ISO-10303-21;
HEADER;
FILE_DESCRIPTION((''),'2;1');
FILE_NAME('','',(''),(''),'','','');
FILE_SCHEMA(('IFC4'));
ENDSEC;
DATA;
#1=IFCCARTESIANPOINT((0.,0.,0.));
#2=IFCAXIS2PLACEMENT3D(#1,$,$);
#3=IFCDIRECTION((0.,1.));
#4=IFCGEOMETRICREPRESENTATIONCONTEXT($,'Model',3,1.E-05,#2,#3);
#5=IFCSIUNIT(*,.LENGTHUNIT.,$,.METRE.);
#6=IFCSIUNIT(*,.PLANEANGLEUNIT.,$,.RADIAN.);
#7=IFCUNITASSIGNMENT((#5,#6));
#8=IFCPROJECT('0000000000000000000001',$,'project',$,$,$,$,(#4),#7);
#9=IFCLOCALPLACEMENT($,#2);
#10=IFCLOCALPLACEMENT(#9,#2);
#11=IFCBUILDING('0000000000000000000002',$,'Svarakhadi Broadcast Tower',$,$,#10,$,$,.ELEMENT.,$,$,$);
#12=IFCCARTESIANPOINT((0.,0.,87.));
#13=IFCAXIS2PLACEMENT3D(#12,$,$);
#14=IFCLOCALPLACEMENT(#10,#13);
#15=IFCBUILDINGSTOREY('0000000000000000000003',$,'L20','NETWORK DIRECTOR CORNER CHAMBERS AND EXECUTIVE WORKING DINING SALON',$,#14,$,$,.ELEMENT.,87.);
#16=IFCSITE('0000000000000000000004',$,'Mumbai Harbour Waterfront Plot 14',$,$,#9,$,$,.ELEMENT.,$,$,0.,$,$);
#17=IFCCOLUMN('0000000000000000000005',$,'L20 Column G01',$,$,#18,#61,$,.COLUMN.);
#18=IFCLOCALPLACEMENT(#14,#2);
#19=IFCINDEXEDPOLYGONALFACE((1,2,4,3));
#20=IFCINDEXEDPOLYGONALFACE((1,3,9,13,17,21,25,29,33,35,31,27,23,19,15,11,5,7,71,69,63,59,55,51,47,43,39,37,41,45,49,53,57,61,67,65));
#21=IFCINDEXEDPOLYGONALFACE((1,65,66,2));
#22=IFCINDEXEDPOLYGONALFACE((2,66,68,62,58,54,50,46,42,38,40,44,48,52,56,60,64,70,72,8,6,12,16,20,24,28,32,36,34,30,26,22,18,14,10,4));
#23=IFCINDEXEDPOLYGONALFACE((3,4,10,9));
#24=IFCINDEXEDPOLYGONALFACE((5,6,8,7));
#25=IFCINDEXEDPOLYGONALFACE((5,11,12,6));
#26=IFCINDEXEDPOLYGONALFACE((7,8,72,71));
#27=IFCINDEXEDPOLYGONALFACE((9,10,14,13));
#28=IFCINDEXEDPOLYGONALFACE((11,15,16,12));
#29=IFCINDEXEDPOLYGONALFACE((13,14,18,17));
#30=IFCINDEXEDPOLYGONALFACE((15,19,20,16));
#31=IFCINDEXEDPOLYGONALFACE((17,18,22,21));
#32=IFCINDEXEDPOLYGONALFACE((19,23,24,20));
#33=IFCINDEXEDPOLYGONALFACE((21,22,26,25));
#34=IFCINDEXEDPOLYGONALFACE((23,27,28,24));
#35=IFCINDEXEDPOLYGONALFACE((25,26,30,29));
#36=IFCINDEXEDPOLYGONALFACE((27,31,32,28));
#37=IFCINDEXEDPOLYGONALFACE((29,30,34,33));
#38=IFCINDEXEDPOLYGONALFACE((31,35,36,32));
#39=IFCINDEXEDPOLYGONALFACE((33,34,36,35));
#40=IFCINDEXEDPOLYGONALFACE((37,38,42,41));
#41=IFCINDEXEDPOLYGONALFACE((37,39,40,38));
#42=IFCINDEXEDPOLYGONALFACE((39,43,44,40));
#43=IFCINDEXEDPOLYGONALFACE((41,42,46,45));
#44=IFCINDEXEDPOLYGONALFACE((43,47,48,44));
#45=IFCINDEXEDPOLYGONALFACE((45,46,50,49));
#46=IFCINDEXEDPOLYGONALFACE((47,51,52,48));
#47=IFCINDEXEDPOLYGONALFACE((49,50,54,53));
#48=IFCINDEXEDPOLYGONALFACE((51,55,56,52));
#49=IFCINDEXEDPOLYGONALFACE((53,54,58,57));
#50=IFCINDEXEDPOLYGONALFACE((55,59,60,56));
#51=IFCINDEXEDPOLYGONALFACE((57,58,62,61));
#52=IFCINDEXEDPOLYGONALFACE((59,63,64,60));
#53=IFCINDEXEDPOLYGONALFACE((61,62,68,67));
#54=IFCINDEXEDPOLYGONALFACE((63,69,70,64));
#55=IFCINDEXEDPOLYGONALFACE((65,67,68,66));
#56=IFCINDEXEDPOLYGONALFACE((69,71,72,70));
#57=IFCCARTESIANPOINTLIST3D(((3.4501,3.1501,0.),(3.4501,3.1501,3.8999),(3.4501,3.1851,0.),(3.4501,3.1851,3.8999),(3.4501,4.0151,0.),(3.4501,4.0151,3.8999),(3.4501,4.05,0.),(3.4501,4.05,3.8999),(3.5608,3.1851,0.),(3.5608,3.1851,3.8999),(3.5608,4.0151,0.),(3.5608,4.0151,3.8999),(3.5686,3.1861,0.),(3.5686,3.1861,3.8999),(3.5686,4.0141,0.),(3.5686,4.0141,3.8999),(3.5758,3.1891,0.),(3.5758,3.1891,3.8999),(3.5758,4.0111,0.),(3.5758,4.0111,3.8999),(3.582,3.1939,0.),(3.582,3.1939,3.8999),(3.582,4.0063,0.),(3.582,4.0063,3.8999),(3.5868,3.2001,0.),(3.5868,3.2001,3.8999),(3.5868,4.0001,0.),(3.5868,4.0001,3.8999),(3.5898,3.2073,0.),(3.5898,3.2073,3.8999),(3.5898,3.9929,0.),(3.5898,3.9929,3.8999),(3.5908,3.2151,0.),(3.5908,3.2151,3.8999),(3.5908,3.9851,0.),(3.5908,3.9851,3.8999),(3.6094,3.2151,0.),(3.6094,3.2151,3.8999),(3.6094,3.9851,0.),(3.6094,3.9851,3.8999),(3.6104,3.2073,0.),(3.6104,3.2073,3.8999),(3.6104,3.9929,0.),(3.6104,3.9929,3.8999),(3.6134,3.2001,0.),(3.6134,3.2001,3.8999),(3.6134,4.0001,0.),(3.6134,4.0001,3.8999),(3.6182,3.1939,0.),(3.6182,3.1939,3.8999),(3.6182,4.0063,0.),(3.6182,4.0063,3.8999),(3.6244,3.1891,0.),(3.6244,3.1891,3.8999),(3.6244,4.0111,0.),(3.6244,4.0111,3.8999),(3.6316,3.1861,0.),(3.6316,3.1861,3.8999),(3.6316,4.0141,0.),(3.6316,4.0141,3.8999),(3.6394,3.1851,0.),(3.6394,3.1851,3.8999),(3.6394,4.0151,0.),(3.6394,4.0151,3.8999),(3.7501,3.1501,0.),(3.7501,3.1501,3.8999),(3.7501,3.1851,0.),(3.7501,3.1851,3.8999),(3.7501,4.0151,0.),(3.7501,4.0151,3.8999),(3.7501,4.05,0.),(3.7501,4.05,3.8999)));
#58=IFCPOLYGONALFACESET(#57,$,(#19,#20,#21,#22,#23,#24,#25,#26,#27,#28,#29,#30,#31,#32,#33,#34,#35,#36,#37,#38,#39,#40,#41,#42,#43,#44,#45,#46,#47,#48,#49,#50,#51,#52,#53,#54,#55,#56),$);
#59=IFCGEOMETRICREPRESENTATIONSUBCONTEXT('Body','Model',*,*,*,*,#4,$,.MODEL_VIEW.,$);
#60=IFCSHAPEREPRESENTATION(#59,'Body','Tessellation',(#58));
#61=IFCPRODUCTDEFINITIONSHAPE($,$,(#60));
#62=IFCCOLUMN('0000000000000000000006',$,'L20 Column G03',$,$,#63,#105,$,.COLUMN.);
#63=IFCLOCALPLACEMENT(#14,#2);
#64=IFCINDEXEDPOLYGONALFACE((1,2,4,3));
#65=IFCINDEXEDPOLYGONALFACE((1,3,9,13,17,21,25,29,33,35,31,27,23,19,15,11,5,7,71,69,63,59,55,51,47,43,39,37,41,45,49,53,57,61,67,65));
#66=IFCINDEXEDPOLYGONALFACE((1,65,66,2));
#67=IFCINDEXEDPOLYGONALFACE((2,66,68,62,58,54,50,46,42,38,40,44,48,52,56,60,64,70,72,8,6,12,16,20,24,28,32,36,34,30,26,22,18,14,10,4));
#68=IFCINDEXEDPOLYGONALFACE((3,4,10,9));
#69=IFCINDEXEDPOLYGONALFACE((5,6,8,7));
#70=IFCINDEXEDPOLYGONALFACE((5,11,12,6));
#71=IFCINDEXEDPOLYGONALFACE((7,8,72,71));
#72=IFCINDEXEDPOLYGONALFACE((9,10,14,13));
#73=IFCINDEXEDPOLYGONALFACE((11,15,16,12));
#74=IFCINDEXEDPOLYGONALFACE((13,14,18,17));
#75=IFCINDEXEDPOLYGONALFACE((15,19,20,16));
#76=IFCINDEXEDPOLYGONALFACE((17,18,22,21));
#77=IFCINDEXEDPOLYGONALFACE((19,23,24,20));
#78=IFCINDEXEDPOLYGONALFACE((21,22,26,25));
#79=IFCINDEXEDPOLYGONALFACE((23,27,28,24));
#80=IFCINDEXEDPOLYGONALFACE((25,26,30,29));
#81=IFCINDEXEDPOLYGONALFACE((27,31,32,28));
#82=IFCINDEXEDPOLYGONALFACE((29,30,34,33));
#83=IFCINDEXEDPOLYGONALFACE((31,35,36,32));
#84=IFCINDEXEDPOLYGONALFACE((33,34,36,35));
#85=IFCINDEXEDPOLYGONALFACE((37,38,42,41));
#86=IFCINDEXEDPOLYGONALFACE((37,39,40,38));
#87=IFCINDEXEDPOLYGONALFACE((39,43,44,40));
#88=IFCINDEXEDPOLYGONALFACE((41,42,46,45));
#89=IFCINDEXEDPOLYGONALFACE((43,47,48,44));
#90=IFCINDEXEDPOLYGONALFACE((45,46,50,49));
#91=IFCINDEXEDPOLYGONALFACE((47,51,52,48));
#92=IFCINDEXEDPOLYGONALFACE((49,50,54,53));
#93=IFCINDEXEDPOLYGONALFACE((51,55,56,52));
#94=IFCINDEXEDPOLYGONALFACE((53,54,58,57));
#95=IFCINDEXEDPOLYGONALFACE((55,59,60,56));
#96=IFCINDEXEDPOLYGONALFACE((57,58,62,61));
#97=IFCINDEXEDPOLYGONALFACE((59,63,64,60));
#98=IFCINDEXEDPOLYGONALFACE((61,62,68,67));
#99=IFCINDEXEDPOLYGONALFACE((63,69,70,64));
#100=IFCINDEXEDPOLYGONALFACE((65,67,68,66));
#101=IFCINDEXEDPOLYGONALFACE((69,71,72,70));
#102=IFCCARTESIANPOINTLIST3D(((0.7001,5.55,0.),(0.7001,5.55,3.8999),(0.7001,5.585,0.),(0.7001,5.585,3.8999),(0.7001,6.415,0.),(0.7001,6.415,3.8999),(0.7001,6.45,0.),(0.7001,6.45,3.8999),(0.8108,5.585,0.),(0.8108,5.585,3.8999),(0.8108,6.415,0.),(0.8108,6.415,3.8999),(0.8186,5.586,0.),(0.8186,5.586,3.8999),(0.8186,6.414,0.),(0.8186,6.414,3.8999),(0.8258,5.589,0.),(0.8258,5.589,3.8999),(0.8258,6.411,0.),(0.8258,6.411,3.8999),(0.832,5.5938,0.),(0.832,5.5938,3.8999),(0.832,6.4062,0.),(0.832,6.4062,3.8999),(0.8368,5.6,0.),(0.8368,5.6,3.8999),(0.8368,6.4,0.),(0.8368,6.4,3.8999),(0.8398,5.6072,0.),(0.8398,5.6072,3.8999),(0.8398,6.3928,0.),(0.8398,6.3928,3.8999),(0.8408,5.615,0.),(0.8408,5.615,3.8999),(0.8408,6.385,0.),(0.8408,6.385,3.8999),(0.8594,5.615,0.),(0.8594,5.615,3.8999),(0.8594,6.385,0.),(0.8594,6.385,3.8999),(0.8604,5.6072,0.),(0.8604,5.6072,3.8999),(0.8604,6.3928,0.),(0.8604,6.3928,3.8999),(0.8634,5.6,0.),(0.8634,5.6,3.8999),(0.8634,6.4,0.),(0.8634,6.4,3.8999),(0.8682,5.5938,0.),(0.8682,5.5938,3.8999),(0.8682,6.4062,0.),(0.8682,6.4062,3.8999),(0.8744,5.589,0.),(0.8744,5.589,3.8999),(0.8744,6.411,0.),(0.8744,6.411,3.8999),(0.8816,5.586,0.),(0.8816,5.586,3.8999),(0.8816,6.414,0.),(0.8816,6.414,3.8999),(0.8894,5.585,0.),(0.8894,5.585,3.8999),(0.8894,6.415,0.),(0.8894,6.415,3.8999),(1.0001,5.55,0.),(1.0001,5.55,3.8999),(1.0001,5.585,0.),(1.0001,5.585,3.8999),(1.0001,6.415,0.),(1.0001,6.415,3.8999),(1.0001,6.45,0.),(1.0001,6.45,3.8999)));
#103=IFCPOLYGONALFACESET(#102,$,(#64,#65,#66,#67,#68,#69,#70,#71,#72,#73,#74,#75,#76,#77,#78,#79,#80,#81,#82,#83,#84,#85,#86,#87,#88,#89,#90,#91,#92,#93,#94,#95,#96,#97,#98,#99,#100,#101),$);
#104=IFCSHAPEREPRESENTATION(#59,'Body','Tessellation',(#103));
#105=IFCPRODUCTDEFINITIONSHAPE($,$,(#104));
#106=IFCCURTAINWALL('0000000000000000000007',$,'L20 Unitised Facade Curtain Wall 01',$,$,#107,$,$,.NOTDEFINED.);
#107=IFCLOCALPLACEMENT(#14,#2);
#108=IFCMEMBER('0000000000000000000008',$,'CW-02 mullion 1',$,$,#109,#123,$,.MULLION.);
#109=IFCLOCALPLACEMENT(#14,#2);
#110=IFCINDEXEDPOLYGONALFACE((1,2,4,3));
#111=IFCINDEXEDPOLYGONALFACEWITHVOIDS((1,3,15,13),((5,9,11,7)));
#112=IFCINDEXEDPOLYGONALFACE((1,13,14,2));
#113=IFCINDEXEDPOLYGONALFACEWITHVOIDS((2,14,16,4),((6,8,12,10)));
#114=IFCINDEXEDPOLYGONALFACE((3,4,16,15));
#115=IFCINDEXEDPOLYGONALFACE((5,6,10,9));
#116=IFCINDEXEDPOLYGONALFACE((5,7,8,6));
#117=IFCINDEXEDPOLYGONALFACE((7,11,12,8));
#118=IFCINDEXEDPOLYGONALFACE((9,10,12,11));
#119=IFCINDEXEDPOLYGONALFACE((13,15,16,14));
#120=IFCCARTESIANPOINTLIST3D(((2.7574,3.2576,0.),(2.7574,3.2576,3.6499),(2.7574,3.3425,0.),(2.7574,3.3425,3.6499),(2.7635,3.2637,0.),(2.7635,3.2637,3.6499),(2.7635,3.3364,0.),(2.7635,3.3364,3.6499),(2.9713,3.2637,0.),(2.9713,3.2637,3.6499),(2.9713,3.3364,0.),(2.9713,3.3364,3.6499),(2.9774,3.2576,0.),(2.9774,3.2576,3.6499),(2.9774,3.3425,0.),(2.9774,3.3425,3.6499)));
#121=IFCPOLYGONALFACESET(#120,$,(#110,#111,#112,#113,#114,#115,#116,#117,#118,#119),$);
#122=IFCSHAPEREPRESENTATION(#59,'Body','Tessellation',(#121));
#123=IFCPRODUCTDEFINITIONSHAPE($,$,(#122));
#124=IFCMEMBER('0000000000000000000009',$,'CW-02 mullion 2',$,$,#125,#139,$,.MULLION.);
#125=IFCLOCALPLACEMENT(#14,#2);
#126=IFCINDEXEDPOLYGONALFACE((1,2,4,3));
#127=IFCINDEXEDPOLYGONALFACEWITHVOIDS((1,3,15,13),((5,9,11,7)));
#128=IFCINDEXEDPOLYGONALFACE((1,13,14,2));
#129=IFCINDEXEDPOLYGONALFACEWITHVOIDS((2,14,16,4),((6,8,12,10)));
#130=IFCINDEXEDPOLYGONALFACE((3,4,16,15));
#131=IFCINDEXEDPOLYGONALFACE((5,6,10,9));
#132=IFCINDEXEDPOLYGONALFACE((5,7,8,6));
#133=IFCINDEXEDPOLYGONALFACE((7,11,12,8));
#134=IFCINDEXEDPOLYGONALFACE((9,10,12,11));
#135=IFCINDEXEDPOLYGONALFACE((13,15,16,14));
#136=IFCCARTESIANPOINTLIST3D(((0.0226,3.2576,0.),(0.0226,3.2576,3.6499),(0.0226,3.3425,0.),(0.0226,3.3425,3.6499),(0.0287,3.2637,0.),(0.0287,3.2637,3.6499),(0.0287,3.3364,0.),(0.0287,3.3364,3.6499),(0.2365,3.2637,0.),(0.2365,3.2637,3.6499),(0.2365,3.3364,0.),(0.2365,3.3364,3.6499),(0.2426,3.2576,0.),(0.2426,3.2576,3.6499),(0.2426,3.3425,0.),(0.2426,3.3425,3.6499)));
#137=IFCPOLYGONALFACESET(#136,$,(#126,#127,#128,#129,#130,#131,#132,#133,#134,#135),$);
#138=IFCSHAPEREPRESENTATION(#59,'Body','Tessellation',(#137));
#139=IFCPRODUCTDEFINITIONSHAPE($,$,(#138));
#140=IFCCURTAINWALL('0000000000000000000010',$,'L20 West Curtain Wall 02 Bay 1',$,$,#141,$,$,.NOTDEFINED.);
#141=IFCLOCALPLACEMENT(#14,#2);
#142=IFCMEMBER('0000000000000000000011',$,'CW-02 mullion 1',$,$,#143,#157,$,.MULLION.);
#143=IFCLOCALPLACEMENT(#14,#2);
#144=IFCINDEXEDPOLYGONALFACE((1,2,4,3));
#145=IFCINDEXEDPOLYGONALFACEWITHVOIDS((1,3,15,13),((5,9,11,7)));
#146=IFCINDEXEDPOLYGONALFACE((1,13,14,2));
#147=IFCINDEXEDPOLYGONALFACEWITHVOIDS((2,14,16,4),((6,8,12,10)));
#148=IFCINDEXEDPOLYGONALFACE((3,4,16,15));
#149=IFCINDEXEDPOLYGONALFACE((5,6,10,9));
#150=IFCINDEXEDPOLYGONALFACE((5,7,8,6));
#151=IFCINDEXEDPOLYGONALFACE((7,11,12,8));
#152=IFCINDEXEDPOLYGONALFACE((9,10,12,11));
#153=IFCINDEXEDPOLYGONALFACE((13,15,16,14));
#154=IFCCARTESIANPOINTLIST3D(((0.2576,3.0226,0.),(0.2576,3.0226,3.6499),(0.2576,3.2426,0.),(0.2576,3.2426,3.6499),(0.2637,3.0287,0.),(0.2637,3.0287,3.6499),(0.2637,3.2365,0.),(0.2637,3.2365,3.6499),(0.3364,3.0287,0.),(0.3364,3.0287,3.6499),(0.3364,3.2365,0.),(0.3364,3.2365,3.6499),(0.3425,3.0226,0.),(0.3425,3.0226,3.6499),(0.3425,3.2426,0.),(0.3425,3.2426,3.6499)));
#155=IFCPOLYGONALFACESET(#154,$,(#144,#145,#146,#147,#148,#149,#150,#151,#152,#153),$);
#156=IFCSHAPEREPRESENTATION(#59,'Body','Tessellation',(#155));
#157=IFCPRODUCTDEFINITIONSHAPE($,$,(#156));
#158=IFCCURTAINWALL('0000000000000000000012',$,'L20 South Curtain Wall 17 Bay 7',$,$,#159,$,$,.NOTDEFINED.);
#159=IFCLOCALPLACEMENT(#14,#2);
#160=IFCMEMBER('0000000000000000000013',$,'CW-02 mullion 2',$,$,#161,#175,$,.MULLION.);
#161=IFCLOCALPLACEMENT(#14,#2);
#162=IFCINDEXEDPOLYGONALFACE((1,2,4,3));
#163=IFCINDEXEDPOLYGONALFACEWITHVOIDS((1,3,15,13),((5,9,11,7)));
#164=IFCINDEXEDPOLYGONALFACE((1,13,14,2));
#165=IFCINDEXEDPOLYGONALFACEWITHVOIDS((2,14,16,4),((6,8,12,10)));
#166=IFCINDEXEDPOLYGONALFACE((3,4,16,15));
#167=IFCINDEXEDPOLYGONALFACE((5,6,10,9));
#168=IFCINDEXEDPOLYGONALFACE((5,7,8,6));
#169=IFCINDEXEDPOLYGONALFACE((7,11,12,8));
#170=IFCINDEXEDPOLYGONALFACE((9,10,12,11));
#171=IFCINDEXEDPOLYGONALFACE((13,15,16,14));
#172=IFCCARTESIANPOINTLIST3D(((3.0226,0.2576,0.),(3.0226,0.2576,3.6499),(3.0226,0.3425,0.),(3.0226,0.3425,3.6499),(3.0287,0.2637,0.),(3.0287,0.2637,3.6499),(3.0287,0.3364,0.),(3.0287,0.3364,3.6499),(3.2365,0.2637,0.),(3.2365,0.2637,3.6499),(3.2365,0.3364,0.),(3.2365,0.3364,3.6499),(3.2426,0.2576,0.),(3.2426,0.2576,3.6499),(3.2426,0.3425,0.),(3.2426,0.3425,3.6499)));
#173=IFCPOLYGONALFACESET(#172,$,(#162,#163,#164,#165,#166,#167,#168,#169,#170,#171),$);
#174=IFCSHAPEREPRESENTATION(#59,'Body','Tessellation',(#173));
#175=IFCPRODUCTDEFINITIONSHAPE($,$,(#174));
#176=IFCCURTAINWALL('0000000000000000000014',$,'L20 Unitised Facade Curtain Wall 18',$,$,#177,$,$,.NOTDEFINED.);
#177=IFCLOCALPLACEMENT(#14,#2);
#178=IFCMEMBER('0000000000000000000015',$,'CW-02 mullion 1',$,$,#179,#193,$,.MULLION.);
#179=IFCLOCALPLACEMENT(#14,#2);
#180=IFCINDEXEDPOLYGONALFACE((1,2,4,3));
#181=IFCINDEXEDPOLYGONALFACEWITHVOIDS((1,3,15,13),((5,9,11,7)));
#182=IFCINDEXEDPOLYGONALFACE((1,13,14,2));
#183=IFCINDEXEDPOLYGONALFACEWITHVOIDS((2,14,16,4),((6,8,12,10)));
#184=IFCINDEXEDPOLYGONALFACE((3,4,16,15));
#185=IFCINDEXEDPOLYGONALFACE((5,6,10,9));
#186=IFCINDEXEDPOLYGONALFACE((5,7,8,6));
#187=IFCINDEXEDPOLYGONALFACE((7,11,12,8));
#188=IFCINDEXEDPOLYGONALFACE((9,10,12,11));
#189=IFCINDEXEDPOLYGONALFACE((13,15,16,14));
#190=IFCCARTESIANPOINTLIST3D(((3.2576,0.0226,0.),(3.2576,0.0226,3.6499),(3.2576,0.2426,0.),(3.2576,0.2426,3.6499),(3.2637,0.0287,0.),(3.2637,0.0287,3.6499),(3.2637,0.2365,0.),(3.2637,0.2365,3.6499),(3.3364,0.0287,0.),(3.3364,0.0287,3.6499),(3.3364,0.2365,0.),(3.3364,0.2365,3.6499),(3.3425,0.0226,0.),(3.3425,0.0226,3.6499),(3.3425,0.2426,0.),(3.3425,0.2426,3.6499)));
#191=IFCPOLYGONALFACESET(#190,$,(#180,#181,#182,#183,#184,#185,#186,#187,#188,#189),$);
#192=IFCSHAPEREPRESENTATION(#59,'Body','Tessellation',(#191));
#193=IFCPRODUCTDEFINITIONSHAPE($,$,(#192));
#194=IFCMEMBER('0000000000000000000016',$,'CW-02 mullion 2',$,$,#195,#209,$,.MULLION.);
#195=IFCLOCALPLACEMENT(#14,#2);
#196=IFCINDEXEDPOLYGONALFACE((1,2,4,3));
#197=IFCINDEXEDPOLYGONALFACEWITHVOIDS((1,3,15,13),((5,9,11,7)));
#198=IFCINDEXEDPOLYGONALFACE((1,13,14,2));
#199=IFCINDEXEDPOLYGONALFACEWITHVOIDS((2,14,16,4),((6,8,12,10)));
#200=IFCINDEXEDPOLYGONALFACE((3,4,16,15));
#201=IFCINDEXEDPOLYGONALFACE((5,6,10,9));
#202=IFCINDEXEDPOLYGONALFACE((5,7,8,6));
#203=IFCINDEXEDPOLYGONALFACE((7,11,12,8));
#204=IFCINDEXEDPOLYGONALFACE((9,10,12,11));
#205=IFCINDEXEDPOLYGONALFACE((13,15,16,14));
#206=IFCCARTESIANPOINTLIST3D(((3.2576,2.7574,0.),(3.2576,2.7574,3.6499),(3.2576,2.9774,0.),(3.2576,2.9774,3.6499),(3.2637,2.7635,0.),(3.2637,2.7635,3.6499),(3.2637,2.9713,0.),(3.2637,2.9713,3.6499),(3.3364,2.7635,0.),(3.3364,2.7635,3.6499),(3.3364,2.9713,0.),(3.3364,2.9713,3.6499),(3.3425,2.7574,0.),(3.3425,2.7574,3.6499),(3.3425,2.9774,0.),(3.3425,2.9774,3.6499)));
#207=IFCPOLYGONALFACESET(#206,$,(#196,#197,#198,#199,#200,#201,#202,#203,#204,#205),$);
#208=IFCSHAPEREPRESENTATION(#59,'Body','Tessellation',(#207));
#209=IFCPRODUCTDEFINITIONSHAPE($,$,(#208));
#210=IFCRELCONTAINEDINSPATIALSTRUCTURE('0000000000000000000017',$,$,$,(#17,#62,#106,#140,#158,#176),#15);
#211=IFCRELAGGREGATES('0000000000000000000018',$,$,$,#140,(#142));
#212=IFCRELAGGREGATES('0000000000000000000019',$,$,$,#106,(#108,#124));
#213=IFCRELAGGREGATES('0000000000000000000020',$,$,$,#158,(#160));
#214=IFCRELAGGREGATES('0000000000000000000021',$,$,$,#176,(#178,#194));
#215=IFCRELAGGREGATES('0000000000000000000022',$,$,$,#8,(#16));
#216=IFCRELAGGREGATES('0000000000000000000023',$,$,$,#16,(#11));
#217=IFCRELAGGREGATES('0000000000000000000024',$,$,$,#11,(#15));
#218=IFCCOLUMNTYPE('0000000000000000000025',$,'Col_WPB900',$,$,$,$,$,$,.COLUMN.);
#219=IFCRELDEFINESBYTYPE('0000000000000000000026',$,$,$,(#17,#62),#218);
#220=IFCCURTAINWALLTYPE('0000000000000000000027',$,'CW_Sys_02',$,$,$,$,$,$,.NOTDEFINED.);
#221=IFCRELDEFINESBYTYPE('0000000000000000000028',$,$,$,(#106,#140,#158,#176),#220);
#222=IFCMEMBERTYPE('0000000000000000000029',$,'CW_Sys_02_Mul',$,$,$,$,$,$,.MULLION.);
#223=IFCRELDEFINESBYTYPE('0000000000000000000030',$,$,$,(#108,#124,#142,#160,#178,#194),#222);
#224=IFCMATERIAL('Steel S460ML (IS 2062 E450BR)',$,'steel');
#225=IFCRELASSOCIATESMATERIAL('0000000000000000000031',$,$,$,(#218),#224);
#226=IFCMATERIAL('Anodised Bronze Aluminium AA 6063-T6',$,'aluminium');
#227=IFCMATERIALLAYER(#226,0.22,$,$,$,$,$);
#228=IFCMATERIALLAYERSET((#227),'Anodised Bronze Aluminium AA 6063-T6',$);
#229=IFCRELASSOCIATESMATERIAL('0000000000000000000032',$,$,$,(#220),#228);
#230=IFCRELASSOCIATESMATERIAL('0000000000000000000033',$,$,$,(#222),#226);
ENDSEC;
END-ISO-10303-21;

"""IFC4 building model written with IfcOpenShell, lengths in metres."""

from ifc_helpers import new_model, si_unit, direction, frame, origin, origin_2d, place, context, subcontext, project, spatial, hollow_rectangle, i_section, extrude, material, layer, layer_set, material_profile, profile_set, type_object, element, aggregate, save


model = new_model("IFC4")

# Units and contexts
model_context = context("Model", 3, precision=1e-05, world=origin(), true_north=direction((0.0, 1.0)))
body_context = subcontext(model_context, "Body", "Model", "MODEL_VIEW")
ifc_project = project(units=[si_unit("LENGTHUNIT", "METRE"), si_unit("PLANEANGLEUNIT", "RADIAN")], contexts=[model_context])

# Site, building, storey
site_placement = place(None, origin())
site = spatial("IfcSite", under=ifc_project, at=site_placement, Name="Mumbai Harbour Waterfront Plot 14", CompositionType="ELEMENT", RefElevation=0.0)
building_placement = place(site_placement, origin())
building = spatial("IfcBuilding", under=site, at=building_placement, Name="Svarakhadi Broadcast Tower", CompositionType="ELEMENT")
storey_placement = place(building_placement, frame((0.0, 0.0, 87.0)))
storey = spatial("IfcBuildingStorey", under=building, at=storey_placement, Name="L20", Description="NETWORK DIRECTOR CORNER CHAMBERS AND EXECUTIVE WORKING DINING SALON", CompositionType="ELEMENT", Elevation=87.0)

# Columns
ifc_material_1 = material(Name="Steel S460ML (IS 2062 E450BR)", Category="steel")
ifc_material_profile_1 = material_profile(ifc_material_1, i_section(OverallWidth=0.3, OverallDepth=0.8999, WebThickness=0.0186, FlangeThickness=0.0349, FilletRadius=0.03, at=origin_2d()), Name="WPB 900x300x291")
ifc_profile_set_1 = profile_set([ifc_material_profile_1], Name="Steel S460ML (IS 2062 E450BR)")
column_type = type_object("IfcColumnType", Name="Col_WPB900", PredefinedType="COLUMN", material=ifc_profile_set_1)
for number, where, z_axis, x_axis, name in (
    (1, (3.6001, 3.6001, 0.0), (0.0, 0.0, 1.0), (1.0, 0.0, 0.0), "L20 Column G01"),
    (2, (0.8501, 6.0, 0.0), (0.0, 0.0, 1.0), (1.0, 0.0, 0.0), "L20 Column G03"),
):
    element("IfcColumn", number, at=place(storey_placement, frame(where, z_axis=z_axis, x_axis=x_axis)), inside=storey, type_object=column_type, Name=name, PredefinedType="COLUMN", context=body_context, shape_type="SweptSolid", body=[
        extrude(i_section(OverallWidth=0.3, OverallDepth=0.8999, WebThickness=0.0186, FlangeThickness=0.0349, FilletRadius=0.03, at=origin_2d()), origin(), (0.0, 0.0, 1.0), 3.8999),
    ])

# Curtain wall, members
ifc_material_2 = material(Name="Anodised Bronze Aluminium AA 6063-T6", Category="aluminium")
ifc_layer_1 = layer(ifc_material_2, 0.22)
ifc_layer_set_1 = layer_set([ifc_layer_1], Name="Anodised Bronze Aluminium AA 6063-T6")
curtain_wall_type = type_object("IfcCurtainWallType", Name="CW_Sys_02", PredefinedType="NOTDEFINED", material=ifc_layer_set_1)
curtain_wall_1_placement = place(storey_placement, origin())
curtain_wall_1 = element("IfcCurtainWall", 3, at=curtain_wall_1_placement, inside=storey, type_object=curtain_wall_type, Name="L20 Unitised Facade Curtain Wall 01", PredefinedType="NOTDEFINED")
ifc_material_profile_2 = material_profile(ifc_material_2, hollow_rectangle(XDim=0.085, YDim=0.22, WallThickness=0.0061, at=origin_2d()), Name="ALU MULLION 220x85x6")
ifc_profile_set_2 = profile_set([ifc_material_profile_2], Name="Anodised Bronze Aluminium AA 6063-T6")
member_type_1 = type_object("IfcMemberType", Name="CW_Sys_02_Mul", PredefinedType="MULLION", material=ifc_profile_set_2)
member_1_placement = place(storey_placement, frame((2.8674, 3.3, 0.0), z_axis=(0.0, 0.0, 1.0), x_axis=(0.0, -1.0, 0.0)))
member_1 = element("IfcMember", 4, at=member_1_placement, type_object=member_type_1, Name="CW-02 mullion 1", PredefinedType="MULLION", context=body_context, shape_type="SweptSolid", body=[
    extrude(hollow_rectangle(XDim=0.085, YDim=0.22, WallThickness=0.0061, at=origin_2d()), origin(), (0.0, 0.0, 1.0), 3.6499),
])
member_2_placement = place(storey_placement, frame((0.1326, 3.3, 0.0), z_axis=(0.0, 0.0, 1.0), x_axis=(0.0, -1.0, 0.0)))
member_2 = element("IfcMember", 5, at=member_2_placement, type_object=member_type_1, Name="CW-02 mullion 2", PredefinedType="MULLION", context=body_context, shape_type="SweptSolid", body=[
    extrude(hollow_rectangle(XDim=0.085, YDim=0.22, WallThickness=0.0061, at=origin_2d()), origin(), (0.0, 0.0, 1.0), 3.6499),
])

# Curtain walls, members
curtain_wall_2_placement = place(storey_placement, origin())
curtain_wall_2 = element("IfcCurtainWall", 6, at=curtain_wall_2_placement, inside=storey, type_object=curtain_wall_type, Name="L20 West Curtain Wall 02 Bay 1", PredefinedType="NOTDEFINED")
member_3_placement = place(storey_placement, frame((0.3, 3.1326, 0.0), z_axis=(0.0, 0.0, 1.0), x_axis=(-1.0, 0.0, 0.0)))
member_3 = element("IfcMember", 7, at=member_3_placement, type_object=member_type_1, Name="CW-02 mullion 1", PredefinedType="MULLION", context=body_context, shape_type="SweptSolid", body=[
    extrude(hollow_rectangle(XDim=0.085, YDim=0.22, WallThickness=0.0061, at=origin_2d()), origin(), (0.0, 0.0, 1.0), 3.6499),
])
curtain_wall_3_placement = place(storey_placement, origin())
curtain_wall_3 = element("IfcCurtainWall", 8, at=curtain_wall_3_placement, inside=storey, type_object=curtain_wall_type, Name="L20 South Curtain Wall 17 Bay 7", PredefinedType="NOTDEFINED")
member_4_placement = place(storey_placement, frame((3.1326, 0.3, 0.0), z_axis=(0.0, 0.0, 1.0), x_axis=(0.0, -1.0, 0.0)))
member_4 = element("IfcMember", 9, at=member_4_placement, type_object=member_type_1, Name="CW-02 mullion 2", PredefinedType="MULLION", context=body_context, shape_type="SweptSolid", body=[
    extrude(hollow_rectangle(XDim=0.085, YDim=0.22, WallThickness=0.0061, at=origin_2d()), origin(), (0.0, 0.0, 1.0), 3.6499),
])

# Curtain wall, members
curtain_wall_4_placement = place(storey_placement, origin())
curtain_wall_4 = element("IfcCurtainWall", 10, at=curtain_wall_4_placement, inside=storey, type_object=curtain_wall_type, Name="L20 Unitised Facade Curtain Wall 18", PredefinedType="NOTDEFINED")
member_5_placement = place(storey_placement, frame((3.3, 0.1326, 0.0), z_axis=(0.0, 0.0, 1.0), x_axis=(-1.0, 0.0, 0.0)))
member_5 = element("IfcMember", 11, at=member_5_placement, type_object=member_type_1, Name="CW-02 mullion 1", PredefinedType="MULLION", context=body_context, shape_type="SweptSolid", body=[
    extrude(hollow_rectangle(XDim=0.085, YDim=0.22, WallThickness=0.0061, at=origin_2d()), origin(), (0.0, 0.0, 1.0), 3.6499),
])
member_6_placement = place(storey_placement, frame((3.3, 2.8674, 0.0), z_axis=(0.0, 0.0, 1.0), x_axis=(-1.0, 0.0, 0.0)))
member_6 = element("IfcMember", 12, at=member_6_placement, type_object=member_type_1, Name="CW-02 mullion 2", PredefinedType="MULLION", context=body_context, shape_type="SweptSolid", body=[
    extrude(hollow_rectangle(XDim=0.085, YDim=0.22, WallThickness=0.0061, at=origin_2d()), origin(), (0.0, 0.0, 1.0), 3.6499),
])

aggregate(curtain_wall_2, [member_3])

aggregate(curtain_wall_1, [member_1, member_2])
aggregate(curtain_wall_3, [member_4])
aggregate(curtain_wall_4, [member_5, member_6])

save(model, "model.ifc")
